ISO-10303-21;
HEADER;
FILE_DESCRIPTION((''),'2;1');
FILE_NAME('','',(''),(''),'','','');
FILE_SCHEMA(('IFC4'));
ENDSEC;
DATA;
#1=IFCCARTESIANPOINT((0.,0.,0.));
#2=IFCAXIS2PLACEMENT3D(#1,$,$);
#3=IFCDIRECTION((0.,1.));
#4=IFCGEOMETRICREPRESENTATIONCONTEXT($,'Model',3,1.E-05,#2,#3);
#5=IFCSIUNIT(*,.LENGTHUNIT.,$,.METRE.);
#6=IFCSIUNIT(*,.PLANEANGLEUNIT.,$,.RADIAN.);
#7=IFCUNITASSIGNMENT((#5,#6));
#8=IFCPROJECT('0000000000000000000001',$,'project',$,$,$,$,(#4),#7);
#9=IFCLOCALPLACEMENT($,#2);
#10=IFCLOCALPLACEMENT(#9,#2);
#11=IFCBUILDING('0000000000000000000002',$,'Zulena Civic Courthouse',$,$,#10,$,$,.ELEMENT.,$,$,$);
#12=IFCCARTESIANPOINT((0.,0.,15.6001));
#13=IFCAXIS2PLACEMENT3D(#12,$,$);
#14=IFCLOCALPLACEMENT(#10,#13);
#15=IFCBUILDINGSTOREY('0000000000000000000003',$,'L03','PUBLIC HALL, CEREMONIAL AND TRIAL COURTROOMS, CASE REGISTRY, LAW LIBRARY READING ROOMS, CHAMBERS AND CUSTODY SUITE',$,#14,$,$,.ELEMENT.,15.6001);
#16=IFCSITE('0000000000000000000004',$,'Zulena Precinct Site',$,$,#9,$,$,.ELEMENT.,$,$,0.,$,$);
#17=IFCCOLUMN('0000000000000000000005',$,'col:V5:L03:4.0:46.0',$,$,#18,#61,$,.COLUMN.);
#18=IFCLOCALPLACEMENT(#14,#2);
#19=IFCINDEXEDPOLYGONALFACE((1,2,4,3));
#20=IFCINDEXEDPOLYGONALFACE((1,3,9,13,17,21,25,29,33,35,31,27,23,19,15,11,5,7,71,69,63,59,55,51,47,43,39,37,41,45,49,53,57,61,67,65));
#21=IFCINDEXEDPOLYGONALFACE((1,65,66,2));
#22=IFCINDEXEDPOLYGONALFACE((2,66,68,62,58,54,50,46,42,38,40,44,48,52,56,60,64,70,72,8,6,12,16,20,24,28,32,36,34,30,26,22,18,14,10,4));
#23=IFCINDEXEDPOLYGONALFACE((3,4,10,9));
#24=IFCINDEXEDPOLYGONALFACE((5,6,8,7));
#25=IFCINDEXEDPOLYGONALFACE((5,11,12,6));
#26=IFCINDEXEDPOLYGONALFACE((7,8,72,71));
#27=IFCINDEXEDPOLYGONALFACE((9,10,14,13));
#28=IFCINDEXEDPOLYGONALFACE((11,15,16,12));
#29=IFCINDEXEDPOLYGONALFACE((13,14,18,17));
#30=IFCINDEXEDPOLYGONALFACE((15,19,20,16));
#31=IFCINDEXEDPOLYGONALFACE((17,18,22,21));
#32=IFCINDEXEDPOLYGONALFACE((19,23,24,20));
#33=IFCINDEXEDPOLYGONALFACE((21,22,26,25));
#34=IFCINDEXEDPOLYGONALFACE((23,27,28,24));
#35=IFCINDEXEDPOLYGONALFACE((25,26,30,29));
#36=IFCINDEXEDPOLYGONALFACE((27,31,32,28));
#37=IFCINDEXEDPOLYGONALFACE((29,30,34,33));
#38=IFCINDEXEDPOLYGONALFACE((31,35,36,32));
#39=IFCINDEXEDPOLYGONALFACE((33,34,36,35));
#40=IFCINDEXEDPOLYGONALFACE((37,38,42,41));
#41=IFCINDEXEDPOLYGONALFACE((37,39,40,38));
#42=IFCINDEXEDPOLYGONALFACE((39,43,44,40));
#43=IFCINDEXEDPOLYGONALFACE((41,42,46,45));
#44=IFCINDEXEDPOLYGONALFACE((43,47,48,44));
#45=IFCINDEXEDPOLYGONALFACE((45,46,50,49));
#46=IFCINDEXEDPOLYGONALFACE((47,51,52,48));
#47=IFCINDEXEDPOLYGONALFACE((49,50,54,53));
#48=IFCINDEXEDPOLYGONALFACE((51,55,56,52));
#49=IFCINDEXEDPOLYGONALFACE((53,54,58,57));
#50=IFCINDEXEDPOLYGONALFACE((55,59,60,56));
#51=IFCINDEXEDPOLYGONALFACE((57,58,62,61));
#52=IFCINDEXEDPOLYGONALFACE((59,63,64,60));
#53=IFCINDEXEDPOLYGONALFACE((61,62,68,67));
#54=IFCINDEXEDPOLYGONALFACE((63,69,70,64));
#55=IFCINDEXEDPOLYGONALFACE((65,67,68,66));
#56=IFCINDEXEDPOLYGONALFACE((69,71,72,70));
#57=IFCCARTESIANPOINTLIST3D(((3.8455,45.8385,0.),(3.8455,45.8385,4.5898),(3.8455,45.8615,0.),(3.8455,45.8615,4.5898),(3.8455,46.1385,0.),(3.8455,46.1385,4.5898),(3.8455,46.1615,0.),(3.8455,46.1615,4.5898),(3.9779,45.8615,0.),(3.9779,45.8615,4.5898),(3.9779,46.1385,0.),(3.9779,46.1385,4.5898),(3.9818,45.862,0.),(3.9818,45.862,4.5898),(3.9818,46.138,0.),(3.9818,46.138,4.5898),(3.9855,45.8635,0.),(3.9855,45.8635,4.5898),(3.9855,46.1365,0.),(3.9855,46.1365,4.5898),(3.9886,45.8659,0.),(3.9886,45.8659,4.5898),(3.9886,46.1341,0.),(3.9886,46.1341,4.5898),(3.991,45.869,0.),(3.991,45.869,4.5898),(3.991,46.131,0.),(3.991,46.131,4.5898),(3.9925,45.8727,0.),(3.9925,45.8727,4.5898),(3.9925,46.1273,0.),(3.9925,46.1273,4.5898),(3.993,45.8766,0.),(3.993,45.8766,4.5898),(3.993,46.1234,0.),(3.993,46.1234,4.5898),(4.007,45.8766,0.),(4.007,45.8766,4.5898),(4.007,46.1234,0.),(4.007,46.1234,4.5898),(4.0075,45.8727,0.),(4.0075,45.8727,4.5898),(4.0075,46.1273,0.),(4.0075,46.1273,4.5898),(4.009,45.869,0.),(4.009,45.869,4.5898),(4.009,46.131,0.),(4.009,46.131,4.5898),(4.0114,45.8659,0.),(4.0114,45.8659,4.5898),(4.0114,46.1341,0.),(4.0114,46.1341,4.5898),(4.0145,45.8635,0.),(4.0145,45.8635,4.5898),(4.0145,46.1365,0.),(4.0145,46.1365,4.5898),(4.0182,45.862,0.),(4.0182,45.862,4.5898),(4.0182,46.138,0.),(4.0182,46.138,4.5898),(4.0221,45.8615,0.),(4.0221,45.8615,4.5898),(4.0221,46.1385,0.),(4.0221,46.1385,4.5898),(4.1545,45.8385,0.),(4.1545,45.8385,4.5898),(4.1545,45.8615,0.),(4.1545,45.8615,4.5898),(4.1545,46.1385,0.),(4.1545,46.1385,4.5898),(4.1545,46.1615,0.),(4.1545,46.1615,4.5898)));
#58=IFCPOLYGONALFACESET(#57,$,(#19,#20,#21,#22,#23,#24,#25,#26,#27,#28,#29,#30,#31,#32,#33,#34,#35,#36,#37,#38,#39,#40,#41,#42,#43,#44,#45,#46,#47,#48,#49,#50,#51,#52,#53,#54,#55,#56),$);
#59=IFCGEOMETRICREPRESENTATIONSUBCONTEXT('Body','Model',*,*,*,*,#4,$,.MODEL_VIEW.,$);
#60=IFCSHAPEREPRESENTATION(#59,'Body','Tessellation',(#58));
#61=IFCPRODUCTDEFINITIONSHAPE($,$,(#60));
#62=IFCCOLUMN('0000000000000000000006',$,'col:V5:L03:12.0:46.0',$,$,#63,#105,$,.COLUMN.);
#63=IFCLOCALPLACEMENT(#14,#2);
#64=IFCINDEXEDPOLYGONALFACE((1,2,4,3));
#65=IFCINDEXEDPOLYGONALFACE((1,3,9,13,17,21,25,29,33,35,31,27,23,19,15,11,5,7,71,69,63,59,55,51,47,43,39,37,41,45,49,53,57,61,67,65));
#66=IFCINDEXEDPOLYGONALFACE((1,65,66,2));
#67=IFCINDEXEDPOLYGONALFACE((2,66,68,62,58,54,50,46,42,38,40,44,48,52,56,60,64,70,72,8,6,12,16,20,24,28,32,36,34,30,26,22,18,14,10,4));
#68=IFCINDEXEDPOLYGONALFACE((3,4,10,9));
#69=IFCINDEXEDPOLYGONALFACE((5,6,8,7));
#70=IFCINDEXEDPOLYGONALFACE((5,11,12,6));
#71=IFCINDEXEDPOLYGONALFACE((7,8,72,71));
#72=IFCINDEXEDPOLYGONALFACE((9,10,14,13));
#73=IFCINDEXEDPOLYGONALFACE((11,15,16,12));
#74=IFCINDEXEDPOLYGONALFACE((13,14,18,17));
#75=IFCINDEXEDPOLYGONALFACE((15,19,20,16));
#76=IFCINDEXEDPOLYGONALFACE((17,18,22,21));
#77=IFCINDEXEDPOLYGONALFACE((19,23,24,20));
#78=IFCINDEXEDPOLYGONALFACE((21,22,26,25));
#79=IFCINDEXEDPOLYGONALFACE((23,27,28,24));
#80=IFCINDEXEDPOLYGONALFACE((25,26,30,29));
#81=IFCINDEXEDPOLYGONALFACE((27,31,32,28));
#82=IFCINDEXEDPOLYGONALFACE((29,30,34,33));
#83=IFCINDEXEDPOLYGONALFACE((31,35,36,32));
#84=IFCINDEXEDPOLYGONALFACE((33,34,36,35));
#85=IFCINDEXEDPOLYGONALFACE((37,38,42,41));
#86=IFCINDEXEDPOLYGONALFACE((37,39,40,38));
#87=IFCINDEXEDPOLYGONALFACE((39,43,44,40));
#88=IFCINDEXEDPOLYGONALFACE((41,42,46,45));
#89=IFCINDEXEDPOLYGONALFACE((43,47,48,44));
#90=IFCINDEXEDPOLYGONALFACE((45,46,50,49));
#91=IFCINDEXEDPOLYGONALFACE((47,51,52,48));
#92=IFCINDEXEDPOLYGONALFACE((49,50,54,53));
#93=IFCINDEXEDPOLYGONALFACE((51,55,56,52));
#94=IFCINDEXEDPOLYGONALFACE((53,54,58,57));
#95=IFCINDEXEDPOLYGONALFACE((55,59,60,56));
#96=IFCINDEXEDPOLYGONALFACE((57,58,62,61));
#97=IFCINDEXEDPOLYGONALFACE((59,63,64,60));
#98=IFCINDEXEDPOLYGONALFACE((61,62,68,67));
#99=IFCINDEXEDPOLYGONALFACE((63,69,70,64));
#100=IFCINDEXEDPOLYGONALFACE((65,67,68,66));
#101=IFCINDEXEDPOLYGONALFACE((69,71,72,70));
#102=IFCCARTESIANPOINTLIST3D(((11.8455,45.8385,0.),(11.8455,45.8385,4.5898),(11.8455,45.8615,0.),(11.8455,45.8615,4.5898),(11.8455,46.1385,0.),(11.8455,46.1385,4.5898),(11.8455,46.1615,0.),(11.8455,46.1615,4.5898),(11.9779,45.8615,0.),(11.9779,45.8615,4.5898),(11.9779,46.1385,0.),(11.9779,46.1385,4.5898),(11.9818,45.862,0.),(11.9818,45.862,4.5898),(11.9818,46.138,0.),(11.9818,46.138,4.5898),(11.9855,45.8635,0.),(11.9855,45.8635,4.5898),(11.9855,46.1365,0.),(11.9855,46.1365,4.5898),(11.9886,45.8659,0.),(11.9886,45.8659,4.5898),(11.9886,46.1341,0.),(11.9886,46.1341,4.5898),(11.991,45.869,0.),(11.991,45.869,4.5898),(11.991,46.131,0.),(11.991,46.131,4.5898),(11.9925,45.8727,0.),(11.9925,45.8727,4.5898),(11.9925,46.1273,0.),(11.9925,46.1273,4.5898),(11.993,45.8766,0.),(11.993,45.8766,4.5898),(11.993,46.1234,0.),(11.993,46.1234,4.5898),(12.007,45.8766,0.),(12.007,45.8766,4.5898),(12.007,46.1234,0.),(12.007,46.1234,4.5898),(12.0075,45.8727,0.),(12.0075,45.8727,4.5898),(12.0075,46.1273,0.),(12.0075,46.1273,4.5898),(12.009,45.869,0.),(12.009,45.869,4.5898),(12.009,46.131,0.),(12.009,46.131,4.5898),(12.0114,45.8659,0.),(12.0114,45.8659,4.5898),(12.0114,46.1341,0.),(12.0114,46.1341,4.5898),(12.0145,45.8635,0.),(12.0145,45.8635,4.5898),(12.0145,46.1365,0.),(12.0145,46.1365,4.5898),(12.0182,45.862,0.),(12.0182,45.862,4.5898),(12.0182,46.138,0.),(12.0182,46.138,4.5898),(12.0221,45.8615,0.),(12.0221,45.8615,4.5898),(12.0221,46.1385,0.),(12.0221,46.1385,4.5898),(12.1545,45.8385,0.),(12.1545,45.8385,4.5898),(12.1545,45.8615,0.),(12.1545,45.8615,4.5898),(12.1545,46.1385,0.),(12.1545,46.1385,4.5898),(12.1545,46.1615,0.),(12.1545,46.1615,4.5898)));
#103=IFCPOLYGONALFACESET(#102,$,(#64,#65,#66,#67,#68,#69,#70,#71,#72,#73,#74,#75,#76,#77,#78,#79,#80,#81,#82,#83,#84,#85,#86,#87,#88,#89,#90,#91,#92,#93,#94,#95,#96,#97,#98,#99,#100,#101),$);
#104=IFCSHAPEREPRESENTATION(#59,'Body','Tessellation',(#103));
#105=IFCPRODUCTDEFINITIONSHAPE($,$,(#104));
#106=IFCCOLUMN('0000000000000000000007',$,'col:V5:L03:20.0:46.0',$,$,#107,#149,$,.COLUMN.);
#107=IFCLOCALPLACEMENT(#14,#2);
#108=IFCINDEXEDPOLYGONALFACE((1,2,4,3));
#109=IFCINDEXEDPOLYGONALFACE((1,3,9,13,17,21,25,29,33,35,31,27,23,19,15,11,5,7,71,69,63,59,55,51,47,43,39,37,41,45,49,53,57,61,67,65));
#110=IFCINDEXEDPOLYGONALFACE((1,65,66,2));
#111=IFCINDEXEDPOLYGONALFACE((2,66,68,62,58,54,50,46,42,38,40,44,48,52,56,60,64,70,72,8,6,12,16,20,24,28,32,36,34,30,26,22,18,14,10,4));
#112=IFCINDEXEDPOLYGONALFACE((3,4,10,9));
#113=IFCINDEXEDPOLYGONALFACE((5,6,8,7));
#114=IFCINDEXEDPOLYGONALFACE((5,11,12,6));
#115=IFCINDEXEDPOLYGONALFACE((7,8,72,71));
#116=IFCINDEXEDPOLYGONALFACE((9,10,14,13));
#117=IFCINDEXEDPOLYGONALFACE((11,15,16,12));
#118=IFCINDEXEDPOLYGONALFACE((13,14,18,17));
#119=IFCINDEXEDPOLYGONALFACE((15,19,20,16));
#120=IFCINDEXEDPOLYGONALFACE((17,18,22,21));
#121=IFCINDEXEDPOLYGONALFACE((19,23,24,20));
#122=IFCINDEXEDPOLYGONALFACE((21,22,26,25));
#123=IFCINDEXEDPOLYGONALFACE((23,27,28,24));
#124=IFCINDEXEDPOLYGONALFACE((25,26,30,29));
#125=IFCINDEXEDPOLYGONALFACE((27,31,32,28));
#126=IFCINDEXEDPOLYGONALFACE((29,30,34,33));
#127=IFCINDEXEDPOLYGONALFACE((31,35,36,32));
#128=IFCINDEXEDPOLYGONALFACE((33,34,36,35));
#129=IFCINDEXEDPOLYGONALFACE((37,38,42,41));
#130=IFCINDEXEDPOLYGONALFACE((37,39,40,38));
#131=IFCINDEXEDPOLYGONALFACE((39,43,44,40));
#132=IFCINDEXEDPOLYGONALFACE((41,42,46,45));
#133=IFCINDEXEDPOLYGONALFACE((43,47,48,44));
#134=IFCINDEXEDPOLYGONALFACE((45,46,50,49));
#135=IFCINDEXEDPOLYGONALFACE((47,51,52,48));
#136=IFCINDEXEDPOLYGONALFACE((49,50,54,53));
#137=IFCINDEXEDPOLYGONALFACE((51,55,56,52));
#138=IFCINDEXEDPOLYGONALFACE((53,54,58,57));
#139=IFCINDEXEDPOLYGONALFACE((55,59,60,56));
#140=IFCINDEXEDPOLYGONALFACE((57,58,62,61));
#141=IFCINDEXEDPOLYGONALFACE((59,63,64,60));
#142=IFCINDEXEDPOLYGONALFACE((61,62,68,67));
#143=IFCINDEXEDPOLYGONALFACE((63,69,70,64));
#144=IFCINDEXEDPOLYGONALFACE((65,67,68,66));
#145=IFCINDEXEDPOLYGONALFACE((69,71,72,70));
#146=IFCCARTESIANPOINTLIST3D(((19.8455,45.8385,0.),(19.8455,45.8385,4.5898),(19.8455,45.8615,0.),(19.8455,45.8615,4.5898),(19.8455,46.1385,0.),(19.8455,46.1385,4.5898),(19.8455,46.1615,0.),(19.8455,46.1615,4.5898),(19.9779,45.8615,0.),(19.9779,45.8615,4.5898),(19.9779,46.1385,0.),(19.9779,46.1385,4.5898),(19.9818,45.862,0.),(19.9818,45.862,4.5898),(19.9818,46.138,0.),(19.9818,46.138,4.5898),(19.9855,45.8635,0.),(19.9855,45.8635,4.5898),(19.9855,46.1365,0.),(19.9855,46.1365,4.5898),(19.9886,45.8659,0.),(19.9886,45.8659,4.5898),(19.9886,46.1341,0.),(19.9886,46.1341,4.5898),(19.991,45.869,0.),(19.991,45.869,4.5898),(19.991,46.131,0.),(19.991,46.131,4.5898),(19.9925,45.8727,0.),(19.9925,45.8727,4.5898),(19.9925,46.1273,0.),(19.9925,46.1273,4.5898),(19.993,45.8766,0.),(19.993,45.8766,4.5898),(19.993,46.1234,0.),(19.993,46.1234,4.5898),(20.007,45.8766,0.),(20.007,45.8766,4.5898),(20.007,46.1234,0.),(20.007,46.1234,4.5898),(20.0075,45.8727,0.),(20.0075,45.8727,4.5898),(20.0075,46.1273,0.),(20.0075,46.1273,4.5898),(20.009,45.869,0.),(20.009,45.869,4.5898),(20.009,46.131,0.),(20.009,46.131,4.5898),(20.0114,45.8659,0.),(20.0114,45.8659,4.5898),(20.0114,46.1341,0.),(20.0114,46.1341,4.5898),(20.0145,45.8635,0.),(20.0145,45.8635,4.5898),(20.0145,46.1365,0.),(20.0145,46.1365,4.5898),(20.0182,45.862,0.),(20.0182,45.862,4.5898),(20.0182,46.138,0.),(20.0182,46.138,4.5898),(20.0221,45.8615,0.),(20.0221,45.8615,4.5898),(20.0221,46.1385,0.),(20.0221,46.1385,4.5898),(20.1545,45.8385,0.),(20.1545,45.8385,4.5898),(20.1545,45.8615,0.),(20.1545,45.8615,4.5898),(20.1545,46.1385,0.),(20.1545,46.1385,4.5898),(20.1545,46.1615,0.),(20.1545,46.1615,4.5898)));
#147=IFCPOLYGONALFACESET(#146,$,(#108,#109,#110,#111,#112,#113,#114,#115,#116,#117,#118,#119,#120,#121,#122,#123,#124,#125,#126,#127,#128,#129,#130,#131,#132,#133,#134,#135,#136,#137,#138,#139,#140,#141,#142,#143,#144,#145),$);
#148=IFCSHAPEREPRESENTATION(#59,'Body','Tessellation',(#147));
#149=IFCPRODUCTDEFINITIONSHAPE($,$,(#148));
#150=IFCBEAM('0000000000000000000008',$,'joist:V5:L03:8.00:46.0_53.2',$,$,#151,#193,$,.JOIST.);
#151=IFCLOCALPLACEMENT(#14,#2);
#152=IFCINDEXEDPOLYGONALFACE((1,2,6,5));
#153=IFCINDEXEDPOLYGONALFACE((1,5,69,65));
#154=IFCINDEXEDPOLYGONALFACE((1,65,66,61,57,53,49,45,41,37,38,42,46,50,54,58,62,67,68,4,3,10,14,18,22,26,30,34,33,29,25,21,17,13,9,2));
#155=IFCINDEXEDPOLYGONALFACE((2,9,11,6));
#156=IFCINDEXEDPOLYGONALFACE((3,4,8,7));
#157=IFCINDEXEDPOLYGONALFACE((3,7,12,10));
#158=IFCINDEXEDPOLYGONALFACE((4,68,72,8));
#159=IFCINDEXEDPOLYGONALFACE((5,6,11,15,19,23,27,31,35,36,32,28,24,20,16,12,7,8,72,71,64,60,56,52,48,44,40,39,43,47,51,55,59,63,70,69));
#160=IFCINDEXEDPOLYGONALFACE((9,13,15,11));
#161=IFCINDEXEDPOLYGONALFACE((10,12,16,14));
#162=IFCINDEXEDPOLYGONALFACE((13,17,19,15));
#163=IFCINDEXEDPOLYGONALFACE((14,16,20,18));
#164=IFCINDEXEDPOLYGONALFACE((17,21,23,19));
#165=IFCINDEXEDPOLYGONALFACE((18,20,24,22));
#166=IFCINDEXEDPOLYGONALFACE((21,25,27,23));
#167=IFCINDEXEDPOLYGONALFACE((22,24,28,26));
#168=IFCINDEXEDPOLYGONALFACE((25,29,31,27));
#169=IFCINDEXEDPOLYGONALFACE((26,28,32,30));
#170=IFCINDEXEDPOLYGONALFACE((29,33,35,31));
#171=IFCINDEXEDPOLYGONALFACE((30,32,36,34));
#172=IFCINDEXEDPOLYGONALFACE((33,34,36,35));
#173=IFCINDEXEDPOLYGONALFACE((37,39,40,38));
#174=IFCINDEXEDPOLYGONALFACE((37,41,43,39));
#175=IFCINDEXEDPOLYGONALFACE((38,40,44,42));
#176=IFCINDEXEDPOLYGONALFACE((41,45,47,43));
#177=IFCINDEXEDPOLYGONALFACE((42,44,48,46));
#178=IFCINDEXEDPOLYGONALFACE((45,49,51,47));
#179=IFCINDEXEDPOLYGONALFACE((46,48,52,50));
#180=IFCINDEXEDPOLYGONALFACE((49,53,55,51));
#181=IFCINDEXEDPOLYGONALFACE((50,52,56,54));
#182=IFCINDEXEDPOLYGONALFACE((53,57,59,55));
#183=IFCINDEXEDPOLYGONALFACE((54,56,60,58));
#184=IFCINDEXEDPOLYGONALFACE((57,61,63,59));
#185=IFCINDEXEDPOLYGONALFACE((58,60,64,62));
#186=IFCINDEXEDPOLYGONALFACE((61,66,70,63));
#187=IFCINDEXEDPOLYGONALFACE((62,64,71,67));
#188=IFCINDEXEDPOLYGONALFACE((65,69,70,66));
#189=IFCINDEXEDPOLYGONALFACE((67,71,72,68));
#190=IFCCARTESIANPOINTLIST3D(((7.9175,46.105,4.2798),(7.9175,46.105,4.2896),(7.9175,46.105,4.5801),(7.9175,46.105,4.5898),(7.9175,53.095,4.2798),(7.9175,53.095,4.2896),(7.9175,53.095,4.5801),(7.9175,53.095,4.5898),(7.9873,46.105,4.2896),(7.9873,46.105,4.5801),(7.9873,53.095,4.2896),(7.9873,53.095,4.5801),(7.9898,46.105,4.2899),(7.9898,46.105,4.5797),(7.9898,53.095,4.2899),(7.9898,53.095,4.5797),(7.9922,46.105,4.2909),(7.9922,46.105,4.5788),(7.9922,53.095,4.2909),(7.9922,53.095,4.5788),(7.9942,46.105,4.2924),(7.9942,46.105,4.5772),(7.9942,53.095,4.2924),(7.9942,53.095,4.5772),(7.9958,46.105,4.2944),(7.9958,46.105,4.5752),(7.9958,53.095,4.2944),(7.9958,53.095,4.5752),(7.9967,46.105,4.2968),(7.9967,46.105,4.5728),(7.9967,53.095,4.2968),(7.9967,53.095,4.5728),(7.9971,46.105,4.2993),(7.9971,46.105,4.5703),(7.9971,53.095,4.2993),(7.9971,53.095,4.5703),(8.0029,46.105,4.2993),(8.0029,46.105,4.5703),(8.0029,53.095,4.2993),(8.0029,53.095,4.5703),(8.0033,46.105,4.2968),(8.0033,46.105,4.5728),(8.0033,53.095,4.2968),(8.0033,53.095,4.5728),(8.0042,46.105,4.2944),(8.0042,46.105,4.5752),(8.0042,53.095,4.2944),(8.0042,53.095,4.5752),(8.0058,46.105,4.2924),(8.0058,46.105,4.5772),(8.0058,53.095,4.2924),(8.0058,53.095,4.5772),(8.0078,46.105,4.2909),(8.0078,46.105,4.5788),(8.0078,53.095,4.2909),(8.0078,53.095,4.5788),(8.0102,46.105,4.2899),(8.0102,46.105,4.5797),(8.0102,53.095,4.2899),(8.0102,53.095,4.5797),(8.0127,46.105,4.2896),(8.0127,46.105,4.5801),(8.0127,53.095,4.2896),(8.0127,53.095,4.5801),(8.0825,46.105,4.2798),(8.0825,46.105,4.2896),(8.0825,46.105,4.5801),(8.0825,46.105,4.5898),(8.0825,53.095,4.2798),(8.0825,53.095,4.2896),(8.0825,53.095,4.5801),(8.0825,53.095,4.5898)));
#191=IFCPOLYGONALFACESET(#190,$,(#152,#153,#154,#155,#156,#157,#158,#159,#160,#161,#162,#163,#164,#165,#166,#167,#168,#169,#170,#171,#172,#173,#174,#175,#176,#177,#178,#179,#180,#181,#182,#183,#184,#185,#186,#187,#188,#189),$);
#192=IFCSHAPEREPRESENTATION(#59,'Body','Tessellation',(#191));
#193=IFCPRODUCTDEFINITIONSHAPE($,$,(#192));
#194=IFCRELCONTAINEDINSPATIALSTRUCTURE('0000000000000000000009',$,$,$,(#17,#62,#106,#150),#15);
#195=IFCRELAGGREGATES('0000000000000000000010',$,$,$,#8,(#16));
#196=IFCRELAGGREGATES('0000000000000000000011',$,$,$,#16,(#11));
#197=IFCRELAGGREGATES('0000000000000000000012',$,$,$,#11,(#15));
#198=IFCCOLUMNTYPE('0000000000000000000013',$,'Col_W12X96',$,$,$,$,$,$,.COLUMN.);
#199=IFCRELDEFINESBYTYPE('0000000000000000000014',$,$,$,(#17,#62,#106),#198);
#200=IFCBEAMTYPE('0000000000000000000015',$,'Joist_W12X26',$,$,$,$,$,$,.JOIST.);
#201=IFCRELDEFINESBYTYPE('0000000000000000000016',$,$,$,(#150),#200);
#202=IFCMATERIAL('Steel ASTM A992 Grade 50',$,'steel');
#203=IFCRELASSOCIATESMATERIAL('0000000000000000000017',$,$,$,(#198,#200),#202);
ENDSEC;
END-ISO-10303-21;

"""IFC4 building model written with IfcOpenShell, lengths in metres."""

from ifc_helpers import new_model, si_unit, direction, frame, origin, origin_2d, place, context, subcontext, project, spatial, i_section, extrude, material, material_profile, profile_set, type_object, element, save


model = new_model("IFC4")

# Units and contexts
model_context = context("Model", 3, precision=1e-05, world=origin(), true_north=direction((0.0, 1.0)))
body_context = subcontext(model_context, "Body", "Model", "MODEL_VIEW")
ifc_project = project(units=[si_unit("LENGTHUNIT", "METRE"), si_unit("PLANEANGLEUNIT", "RADIAN")], contexts=[model_context])

# Site, building, storey
site_placement = place(None, origin())
site = spatial("IfcSite", under=ifc_project, at=site_placement, Name="Zulena Precinct Site", CompositionType="ELEMENT", RefElevation=0.0)
building_placement = place(site_placement, origin())
building = spatial("IfcBuilding", under=site, at=building_placement, Name="Zulena Civic Courthouse", CompositionType="ELEMENT")
storey_placement = place(building_placement, frame((0.0, 0.0, 15.6001)))
storey = spatial("IfcBuildingStorey", under=building, at=storey_placement, Name="L03", Description="PUBLIC HALL, CEREMONIAL AND TRIAL COURTROOMS, CASE REGISTRY, LAW LIBRARY READING ROOMS, CHAMBERS AND CUSTODY SUITE", CompositionType="ELEMENT", Elevation=15.6001)

# Columns
ifc_material_1 = material(Name="Steel ASTM A992 Grade 50", Category="steel")
ifc_material_profile_1 = material_profile(ifc_material_1, i_section(OverallWidth=0.3091, OverallDepth=0.323, WebThickness=0.0139, FlangeThickness=0.0229, FilletRadius=0.0151, at=origin_2d()), Name="W12X96")
ifc_profile_set_1 = profile_set([ifc_material_profile_1], Name="Steel ASTM A992 Grade 50")
column_type = type_object("IfcColumnType", Name="Col_W12X96", PredefinedType="COLUMN", material=ifc_profile_set_1)
for number, where, z_axis, x_axis, name in (
    (1, (4.0, 46.0, 0.0), (0.0, 0.0, 1.0), (1.0, 0.0, 0.0), "col:V5:L03:4.0:46.0"),
    (2, (12.0, 46.0, 0.0), (0.0, 0.0, 1.0), (1.0, 0.0, 0.0), "col:V5:L03:12.0:46.0"),
    (3, (20.0, 46.0, 0.0), (0.0, 0.0, 1.0), (1.0, 0.0, 0.0), "col:V5:L03:20.0:46.0"),
):
    element("IfcColumn", number, at=place(storey_placement, frame(where, z_axis=z_axis, x_axis=x_axis)), inside=storey, type_object=column_type, Name=name, PredefinedType="COLUMN", context=body_context, shape_type="SweptSolid", body=[
        extrude(i_section(OverallWidth=0.3091, OverallDepth=0.323, WebThickness=0.0139, FlangeThickness=0.0229, FilletRadius=0.0151, at=origin_2d()), origin(), (0.0, 0.0, 1.0), 4.5898),
    ])

# Beam
ifc_material_profile_2 = material_profile(ifc_material_1, i_section(OverallWidth=0.165, OverallDepth=0.3101, WebThickness=0.0059, FlangeThickness=0.0098, FilletRadius=0.0098, at=origin_2d()), Name="W12X26")
ifc_profile_set_2 = profile_set([ifc_material_profile_2], Name="Steel ASTM A992 Grade 50")
beam_type_1 = type_object("IfcBeamType", Name="Joist_W12X26", PredefinedType="JOIST", material=ifc_profile_set_2)
for number, where, z_axis, x_axis, name in (
    (4, (8.0, 46.105, 4.4348), (0.0, 1.0, 0.0), (-1.0, 0.0, 0.0), "joist:V5:L03:8.00:46.0_53.2"),
):
    element("IfcBeam", number, at=place(storey_placement, frame(where, z_axis=z_axis, x_axis=x_axis)), inside=storey, type_object=beam_type_1, Name=name, PredefinedType="JOIST", context=body_context, shape_type="SweptSolid", body=[
        extrude(i_section(OverallWidth=0.165, OverallDepth=0.3101, WebThickness=0.0059, FlangeThickness=0.0098, FilletRadius=0.0098, at=origin_2d()), origin(), (0.0, 0.0, 1.0), 6.99),
    ])

save(model, "model.ifc")
